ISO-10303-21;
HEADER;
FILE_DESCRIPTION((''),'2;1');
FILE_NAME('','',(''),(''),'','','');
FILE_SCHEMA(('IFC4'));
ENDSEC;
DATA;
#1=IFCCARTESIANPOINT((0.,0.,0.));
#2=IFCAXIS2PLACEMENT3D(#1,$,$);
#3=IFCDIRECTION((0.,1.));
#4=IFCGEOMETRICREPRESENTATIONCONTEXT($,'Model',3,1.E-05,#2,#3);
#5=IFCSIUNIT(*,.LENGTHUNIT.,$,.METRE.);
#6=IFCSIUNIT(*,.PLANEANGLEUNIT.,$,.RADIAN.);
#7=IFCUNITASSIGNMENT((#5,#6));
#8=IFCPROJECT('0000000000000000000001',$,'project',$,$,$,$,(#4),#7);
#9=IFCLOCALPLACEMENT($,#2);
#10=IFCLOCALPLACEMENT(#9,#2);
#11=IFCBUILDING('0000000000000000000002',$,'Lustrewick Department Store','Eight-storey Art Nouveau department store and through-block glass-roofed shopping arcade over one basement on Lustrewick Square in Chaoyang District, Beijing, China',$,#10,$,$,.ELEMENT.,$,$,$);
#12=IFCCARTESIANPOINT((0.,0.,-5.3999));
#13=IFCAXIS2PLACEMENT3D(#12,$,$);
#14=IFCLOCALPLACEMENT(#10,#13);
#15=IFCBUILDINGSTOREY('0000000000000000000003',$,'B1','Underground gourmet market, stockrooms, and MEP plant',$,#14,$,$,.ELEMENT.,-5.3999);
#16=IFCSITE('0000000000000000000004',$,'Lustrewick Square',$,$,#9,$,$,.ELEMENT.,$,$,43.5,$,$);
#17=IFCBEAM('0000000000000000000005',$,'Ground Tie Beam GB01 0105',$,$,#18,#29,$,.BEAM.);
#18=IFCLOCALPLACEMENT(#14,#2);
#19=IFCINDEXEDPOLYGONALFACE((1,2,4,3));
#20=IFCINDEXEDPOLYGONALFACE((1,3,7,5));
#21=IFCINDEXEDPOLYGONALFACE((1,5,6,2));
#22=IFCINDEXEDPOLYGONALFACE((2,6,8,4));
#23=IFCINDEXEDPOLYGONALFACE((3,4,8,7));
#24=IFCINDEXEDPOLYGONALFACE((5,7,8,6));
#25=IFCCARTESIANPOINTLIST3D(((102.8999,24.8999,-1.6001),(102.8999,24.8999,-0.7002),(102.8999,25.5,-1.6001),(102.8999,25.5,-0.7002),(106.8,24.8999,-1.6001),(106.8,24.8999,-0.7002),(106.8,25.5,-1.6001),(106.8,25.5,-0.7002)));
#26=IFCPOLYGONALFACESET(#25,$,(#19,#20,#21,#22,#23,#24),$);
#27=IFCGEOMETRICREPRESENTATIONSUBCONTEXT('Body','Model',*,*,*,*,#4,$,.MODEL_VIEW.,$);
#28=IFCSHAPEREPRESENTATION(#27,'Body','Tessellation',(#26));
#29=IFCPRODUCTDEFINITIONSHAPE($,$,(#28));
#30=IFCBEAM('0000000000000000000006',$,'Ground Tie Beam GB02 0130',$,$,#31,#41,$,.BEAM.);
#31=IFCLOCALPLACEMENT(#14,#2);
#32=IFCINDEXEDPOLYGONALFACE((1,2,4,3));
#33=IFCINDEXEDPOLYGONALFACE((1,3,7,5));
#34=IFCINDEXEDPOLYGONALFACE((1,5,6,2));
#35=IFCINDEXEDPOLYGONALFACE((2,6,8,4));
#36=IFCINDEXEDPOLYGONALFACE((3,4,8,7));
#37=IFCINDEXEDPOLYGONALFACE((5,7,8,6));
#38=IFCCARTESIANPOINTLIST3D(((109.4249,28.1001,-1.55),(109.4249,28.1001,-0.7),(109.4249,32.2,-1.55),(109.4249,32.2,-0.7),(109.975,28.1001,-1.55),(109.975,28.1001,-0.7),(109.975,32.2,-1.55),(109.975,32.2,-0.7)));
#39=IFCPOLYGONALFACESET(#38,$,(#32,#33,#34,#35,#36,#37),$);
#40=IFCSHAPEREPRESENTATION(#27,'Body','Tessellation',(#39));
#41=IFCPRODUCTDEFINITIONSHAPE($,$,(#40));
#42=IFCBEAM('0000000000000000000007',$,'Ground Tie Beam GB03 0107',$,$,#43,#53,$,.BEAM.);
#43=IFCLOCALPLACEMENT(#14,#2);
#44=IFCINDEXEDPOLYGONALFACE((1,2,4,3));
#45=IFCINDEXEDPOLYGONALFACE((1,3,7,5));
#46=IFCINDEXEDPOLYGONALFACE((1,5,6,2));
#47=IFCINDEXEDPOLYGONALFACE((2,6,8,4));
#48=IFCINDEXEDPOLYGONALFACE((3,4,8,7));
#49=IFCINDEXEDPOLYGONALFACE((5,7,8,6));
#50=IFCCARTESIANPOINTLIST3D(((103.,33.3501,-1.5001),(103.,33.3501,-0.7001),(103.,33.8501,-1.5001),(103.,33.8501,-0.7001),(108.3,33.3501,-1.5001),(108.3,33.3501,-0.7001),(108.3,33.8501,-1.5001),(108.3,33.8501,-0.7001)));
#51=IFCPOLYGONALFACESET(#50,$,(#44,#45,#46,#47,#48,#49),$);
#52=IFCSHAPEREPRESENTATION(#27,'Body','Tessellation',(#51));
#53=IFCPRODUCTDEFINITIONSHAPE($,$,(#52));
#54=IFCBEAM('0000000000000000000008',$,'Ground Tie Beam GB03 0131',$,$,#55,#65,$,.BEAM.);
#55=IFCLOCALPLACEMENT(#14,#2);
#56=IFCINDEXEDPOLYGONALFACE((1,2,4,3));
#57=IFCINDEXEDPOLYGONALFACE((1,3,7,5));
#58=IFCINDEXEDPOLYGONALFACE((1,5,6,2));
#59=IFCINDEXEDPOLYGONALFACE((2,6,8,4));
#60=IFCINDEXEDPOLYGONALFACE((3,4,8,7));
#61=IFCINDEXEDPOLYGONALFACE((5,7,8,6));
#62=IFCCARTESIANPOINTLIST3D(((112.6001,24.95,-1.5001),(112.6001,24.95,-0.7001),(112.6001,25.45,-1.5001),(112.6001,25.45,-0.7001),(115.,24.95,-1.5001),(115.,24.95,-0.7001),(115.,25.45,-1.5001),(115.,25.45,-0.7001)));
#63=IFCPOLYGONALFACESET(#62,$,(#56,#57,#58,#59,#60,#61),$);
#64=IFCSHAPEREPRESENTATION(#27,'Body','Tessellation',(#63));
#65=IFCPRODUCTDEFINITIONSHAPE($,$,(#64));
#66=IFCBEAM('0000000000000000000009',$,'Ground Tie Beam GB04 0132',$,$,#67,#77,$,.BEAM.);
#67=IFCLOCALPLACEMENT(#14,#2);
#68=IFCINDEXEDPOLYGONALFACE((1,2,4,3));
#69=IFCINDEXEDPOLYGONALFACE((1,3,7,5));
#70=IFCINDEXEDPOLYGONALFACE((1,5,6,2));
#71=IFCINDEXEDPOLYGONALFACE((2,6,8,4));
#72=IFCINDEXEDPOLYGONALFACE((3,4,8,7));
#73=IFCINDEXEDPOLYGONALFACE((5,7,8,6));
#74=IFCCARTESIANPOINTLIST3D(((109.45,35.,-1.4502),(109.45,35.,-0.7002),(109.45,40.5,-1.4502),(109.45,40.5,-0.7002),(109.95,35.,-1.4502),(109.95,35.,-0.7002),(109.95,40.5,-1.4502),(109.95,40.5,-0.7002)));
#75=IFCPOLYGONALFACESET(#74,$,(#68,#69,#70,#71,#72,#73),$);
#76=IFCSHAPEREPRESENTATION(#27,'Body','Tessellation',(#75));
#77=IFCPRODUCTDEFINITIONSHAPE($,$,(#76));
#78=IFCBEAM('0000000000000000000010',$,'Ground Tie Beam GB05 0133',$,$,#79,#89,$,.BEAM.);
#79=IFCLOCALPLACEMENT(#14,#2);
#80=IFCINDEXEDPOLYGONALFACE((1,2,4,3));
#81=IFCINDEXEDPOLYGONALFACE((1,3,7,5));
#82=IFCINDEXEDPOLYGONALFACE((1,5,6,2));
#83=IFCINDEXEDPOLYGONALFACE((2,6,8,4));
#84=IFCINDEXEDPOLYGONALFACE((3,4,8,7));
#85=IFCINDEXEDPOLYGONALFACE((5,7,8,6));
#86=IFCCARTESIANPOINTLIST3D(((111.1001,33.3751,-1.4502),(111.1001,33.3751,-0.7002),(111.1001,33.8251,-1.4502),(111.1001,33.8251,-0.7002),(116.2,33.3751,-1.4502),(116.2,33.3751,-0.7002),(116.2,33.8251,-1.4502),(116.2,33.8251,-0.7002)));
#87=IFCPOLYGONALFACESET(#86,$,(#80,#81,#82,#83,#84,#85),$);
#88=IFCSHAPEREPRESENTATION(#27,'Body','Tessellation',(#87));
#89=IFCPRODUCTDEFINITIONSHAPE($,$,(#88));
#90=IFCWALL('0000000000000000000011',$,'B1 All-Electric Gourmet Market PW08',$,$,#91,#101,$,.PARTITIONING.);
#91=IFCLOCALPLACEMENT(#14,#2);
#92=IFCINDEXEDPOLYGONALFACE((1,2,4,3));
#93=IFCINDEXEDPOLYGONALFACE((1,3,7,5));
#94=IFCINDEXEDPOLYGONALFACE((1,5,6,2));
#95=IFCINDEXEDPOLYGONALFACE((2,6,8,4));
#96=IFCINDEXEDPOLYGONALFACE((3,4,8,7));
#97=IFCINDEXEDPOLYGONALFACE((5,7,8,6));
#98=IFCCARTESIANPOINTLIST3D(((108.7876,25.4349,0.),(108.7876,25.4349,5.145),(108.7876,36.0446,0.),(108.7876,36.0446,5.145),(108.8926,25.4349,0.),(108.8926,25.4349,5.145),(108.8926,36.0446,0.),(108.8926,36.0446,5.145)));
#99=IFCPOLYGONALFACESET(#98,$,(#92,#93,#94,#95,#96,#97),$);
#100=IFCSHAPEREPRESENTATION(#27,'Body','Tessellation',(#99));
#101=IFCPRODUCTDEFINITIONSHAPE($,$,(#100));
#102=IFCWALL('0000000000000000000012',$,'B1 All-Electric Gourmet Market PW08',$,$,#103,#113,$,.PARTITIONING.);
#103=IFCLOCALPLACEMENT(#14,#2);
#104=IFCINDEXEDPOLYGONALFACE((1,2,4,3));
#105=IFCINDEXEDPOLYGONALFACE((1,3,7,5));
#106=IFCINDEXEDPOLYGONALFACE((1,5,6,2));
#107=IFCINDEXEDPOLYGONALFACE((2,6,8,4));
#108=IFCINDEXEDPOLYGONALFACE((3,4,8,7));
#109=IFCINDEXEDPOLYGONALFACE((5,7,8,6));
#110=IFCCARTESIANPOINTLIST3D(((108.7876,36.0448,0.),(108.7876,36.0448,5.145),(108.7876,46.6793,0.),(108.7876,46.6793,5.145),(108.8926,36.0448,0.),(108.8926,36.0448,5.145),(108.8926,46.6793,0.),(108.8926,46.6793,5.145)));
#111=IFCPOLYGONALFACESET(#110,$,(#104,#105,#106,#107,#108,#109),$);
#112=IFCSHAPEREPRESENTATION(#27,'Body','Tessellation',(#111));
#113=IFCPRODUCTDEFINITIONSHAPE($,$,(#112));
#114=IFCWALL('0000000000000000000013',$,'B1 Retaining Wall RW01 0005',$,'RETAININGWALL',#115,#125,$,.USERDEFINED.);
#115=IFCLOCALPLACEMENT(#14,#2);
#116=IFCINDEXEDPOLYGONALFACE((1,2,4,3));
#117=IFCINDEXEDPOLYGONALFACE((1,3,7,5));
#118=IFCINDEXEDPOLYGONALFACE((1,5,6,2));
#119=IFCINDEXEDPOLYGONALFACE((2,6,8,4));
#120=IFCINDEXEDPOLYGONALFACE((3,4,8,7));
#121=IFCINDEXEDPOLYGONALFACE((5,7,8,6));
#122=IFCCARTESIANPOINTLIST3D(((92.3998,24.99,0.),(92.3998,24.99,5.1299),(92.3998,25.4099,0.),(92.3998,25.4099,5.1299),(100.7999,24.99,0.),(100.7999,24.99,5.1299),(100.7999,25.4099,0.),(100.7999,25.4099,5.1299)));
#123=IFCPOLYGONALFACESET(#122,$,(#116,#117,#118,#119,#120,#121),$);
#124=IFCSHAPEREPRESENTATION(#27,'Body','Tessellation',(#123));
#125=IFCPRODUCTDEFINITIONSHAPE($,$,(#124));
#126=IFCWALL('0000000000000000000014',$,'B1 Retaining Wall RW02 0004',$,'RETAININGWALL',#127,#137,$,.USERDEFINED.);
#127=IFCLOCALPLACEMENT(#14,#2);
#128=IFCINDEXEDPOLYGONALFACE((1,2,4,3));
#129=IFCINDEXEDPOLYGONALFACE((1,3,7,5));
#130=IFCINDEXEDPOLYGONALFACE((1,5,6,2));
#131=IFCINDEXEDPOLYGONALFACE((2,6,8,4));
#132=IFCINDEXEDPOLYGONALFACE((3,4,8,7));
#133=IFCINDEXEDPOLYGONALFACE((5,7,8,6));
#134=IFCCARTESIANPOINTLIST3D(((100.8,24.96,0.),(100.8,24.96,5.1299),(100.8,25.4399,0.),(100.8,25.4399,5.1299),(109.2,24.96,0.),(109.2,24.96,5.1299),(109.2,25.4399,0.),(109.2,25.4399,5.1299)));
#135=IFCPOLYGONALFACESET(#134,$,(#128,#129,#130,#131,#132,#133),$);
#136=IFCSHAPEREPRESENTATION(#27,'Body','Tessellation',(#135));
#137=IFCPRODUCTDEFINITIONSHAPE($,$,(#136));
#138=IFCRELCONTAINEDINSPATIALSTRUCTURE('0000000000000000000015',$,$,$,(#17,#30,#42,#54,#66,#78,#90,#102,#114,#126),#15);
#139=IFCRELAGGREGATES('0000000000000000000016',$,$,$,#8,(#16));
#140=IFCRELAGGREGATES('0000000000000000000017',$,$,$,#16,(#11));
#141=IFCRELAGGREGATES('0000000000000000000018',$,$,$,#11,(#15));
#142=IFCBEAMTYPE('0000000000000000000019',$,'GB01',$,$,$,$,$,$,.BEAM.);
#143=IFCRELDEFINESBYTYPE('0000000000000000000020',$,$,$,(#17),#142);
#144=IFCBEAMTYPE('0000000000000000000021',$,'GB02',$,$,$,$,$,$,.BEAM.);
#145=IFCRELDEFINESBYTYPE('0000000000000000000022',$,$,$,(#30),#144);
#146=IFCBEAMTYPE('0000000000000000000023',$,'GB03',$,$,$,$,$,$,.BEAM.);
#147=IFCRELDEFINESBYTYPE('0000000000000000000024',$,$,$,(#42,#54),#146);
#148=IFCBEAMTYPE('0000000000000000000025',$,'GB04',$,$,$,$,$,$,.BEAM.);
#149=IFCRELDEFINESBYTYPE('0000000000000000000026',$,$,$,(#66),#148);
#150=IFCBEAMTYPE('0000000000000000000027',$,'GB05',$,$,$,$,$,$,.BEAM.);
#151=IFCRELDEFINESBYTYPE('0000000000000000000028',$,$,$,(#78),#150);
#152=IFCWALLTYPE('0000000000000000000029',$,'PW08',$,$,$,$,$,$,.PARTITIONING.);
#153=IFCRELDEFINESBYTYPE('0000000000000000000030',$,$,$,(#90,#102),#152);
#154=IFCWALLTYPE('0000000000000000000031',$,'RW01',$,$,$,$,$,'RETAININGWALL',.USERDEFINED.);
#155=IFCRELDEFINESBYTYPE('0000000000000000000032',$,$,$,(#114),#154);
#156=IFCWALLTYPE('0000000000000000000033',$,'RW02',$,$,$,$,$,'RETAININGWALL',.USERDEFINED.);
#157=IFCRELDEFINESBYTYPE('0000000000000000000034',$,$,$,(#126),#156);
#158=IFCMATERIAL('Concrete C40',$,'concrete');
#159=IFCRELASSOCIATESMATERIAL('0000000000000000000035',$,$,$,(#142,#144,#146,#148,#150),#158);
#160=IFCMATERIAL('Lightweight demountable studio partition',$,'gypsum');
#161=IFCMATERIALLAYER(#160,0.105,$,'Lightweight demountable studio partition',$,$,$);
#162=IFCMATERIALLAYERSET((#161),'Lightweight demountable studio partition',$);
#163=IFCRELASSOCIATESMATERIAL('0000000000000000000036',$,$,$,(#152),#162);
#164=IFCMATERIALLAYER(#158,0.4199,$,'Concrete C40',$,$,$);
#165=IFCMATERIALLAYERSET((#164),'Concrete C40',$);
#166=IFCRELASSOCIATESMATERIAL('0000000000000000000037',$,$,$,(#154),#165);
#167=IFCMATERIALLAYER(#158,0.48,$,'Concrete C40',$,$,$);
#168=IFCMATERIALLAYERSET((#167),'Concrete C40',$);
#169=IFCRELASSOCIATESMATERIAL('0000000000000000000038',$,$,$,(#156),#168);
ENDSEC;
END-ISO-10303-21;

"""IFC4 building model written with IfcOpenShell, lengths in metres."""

from ifc_helpers import new_model, si_unit, direction, frame, frame_2d, origin, origin_2d, place, context, subcontext, project, spatial, rectangle, extrude, material, layer, layer_set, material_profile, profile_set, type_object, element, save


model = new_model("IFC4")

# Units and contexts
model_context = context("Model", 3, precision=1e-05, world=origin(), true_north=direction((0.0, 1.0)))
body_context = subcontext(model_context, "Body", "Model", "MODEL_VIEW")
ifc_project = project(units=[si_unit("LENGTHUNIT", "METRE"), si_unit("PLANEANGLEUNIT", "RADIAN")], contexts=[model_context])

# Site, building, storey
site_placement = place(None, origin())
site = spatial("IfcSite", under=ifc_project, at=site_placement, Name="Lustrewick Square", CompositionType="ELEMENT", RefElevation=43.5)
building_placement = place(site_placement, origin())
building = spatial("IfcBuilding", under=site, at=building_placement, Name="Lustrewick Department Store", Description="Eight-storey Art Nouveau department store and through-block glass-roofed shopping arcade over one basement on Lustrewick Square in Chaoyang District, Beijing, China", CompositionType="ELEMENT")
storey_placement = place(building_placement, frame((0.0, 0.0, -5.3999)))
storey = spatial("IfcBuildingStorey", under=building, at=storey_placement, Name="B1", Description="Underground gourmet market, stockrooms, and MEP plant", CompositionType="ELEMENT", Elevation=-5.3999)

# Shared definitions
ifc_material_1 = material(Name="Concrete C40", Category="concrete")

# Beams
ifc_material_profile_1 = material_profile(ifc_material_1, rectangle(XDim=0.6001, YDim=0.8999, at=origin_2d()), Name="RC 600x900")
ifc_profile_set_1 = profile_set([ifc_material_profile_1], Name="Concrete C40")
beam_type_1 = type_object("IfcBeamType", Name="GB01", PredefinedType="BEAM", material=ifc_profile_set_1)
beam_1_placement = place(storey_placement, frame((102.8999, 25.2, -1.1501), z_axis=(1.0, 0.0, 0.0), x_axis=(0.0, 1.0, 0.0)))
element("IfcBeam", 1, at=beam_1_placement, inside=storey, type_object=beam_type_1, Name="Ground Tie Beam GB01 0105", PredefinedType="BEAM", context=body_context, shape_type="SweptSolid", body=[
    extrude(rectangle(XDim=0.6001, YDim=0.8999, at=origin_2d()), origin(), (0.0, 0.0, 1.0), 3.9001),
])
ifc_material_profile_2 = material_profile(ifc_material_1, rectangle(XDim=0.55, YDim=0.8501, at=origin_2d()), Name="RC 550x850")
ifc_profile_set_2 = profile_set([ifc_material_profile_2], Name="Concrete C40")
beam_type_2 = type_object("IfcBeamType", Name="GB02", PredefinedType="BEAM", material=ifc_profile_set_2)
beam_2_placement = place(storey_placement, frame((109.7, 28.1001, -1.125), z_axis=(0.0, 1.0, 0.0), x_axis=(-1.0, 0.0, 0.0)))
element("IfcBeam", 2, at=beam_2_placement, inside=storey, type_object=beam_type_2, Name="Ground Tie Beam GB02 0130", PredefinedType="BEAM", context=body_context, shape_type="SweptSolid", body=[
    extrude(rectangle(XDim=0.55, YDim=0.8501, at=origin_2d()), origin(), (0.0, 0.0, 1.0), 4.0999),
])
ifc_material_profile_3 = material_profile(ifc_material_1, rectangle(XDim=0.5, YDim=0.8, at=origin_2d()), Name="RC 500x800")
ifc_profile_set_3 = profile_set([ifc_material_profile_3], Name="Concrete C40")
beam_type_3 = type_object("IfcBeamType", Name="GB03", PredefinedType="BEAM", material=ifc_profile_set_3)
beam_3_placement = place(storey_placement, frame((103.0, 33.6001, -1.1001), z_axis=(1.0, 0.0, 0.0), x_axis=(0.0, 1.0, 0.0)))
element("IfcBeam", 3, at=beam_3_placement, inside=storey, type_object=beam_type_3, Name="Ground Tie Beam GB03 0107", PredefinedType="BEAM", context=body_context, shape_type="SweptSolid", body=[
    extrude(rectangle(XDim=0.5, YDim=0.8, at=origin_2d()), origin(), (0.0, 0.0, 1.0), 5.3),
])
beam_4_placement = place(storey_placement, frame((112.6001, 25.2, -1.1001), z_axis=(1.0, 0.0, 0.0), x_axis=(0.0, 1.0, 0.0)))
element("IfcBeam", 4, at=beam_4_placement, inside=storey, type_object=beam_type_3, Name="Ground Tie Beam GB03 0131", PredefinedType="BEAM", context=body_context, shape_type="SweptSolid", body=[
    extrude(rectangle(XDim=0.5, YDim=0.8, at=origin_2d()), origin(), (0.0, 0.0, 1.0), 2.3999),
])
ifc_material_profile_4 = material_profile(ifc_material_1, rectangle(XDim=0.5, YDim=0.75, at=origin_2d()), Name="RC 500x750")
ifc_profile_set_4 = profile_set([ifc_material_profile_4], Name="Concrete C40")
beam_type_4 = type_object("IfcBeamType", Name="GB04", PredefinedType="BEAM", material=ifc_profile_set_4)
beam_5_placement = place(storey_placement, frame((109.7, 35.0, -1.0752), z_axis=(0.0, 1.0, 0.0), x_axis=(-1.0, 0.0, 0.0)))
element("IfcBeam", 5, at=beam_5_placement, inside=storey, type_object=beam_type_4, Name="Ground Tie Beam GB04 0132", PredefinedType="BEAM", context=body_context, shape_type="SweptSolid", body=[
    extrude(rectangle(XDim=0.5, YDim=0.75, at=origin_2d()), origin(), (0.0, 0.0, 1.0), 5.5),
])
ifc_material_profile_5 = material_profile(ifc_material_1, rectangle(XDim=0.45, YDim=0.75, at=origin_2d()), Name="RC 450x750")
ifc_profile_set_5 = profile_set([ifc_material_profile_5], Name="Concrete C40")
beam_type_5 = type_object("IfcBeamType", Name="GB05", PredefinedType="BEAM", material=ifc_profile_set_5)
beam_6_placement = place(storey_placement, frame((111.1001, 33.6001, -1.0752), z_axis=(1.0, 0.0, 0.0), x_axis=(0.0, 1.0, 0.0)))
element("IfcBeam", 6, at=beam_6_placement, inside=storey, type_object=beam_type_5, Name="Ground Tie Beam GB05 0133", PredefinedType="BEAM", context=body_context, shape_type="SweptSolid", body=[
    extrude(rectangle(XDim=0.45, YDim=0.75, at=origin_2d()), origin(), (0.0, 0.0, 1.0), 5.0999),
])

# Walls
ifc_material_2 = material(Name="Lightweight demountable studio partition", Category="gypsum")
ifc_layer_1 = layer(ifc_material_2, 0.105, Name="Lightweight demountable studio partition")
ifc_layer_set_1 = layer_set([ifc_layer_1], Name="Lightweight demountable studio partition")
wall_type_1 = type_object("IfcWallType", Name="PW08", PredefinedType="PARTITIONING", material=ifc_layer_set_1)
wall_1_placement = place(storey_placement, frame((108.8401, 25.4351, 0.0), z_axis=(0.0, 0.0, 1.0), x_axis=(0.0, 1.0, 0.0)))
element("IfcWall", 7, at=wall_1_placement, inside=storey, type_object=wall_type_1, Name="B1 All-Electric Gourmet Market PW08", PredefinedType="PARTITIONING", context=body_context, shape_type="SweptSolid", body=[
    extrude(rectangle(XDim=10.6096, YDim=0.105, at=frame_2d((5.3047, 0.0))), origin(), (0.0, 0.0, 1.0), 5.145),
])
wall_2_placement = place(storey_placement, frame((108.8401, 36.0447, 0.0), z_axis=(0.0, 0.0, 1.0), x_axis=(0.0, 1.0, 0.0)))
element("IfcWall", 8, at=wall_2_placement, inside=storey, type_object=wall_type_1, Name="B1 All-Electric Gourmet Market PW08", PredefinedType="PARTITIONING", context=body_context, shape_type="SweptSolid", body=[
    extrude(rectangle(XDim=10.6345, YDim=0.105, at=frame_2d((5.3174, 0.0))), origin(), (0.0, 0.0, 1.0), 5.145),
])
ifc_layer_2 = layer(ifc_material_1, 0.4199, Name="Concrete C40")
ifc_layer_set_2 = layer_set([ifc_layer_2], Name="Concrete C40")
wall_type_2 = type_object("IfcWallType", Name="RW01", ElementType="RETAININGWALL", PredefinedType="USERDEFINED", material=ifc_layer_set_2)
wall_3_placement = place(storey_placement, frame((100.8, 25.2, 0.0), z_axis=(0.0, 0.0, 1.0), x_axis=(-1.0, 0.0, 0.0)))
element("IfcWall", 9, at=wall_3_placement, inside=storey, type_object=wall_type_2, Name="B1 Retaining Wall RW01 0005", ObjectType="RETAININGWALL", PredefinedType="USERDEFINED", context=body_context, shape_type="SweptSolid", body=[
    extrude(rectangle(XDim=8.4001, YDim=0.4199, at=frame_2d((4.2002, 0.0))), origin(), (0.0, 0.0, 1.0), 5.1299),
])
ifc_layer_3 = layer(ifc_material_1, 0.48, Name="Concrete C40")
ifc_layer_set_3 = layer_set([ifc_layer_3], Name="Concrete C40")
wall_type_3 = type_object("IfcWallType", Name="RW02", ElementType="RETAININGWALL", PredefinedType="USERDEFINED", material=ifc_layer_set_3)
wall_4_placement = place(storey_placement, frame((109.2, 25.2, 0.0), z_axis=(0.0, 0.0, 1.0), x_axis=(-1.0, 0.0, 0.0)))
element("IfcWall", 10, at=wall_4_placement, inside=storey, type_object=wall_type_3, Name="B1 Retaining Wall RW02 0004", ObjectType="RETAININGWALL", PredefinedType="USERDEFINED", context=body_context, shape_type="SweptSolid", body=[
    extrude(rectangle(XDim=8.3999, YDim=0.48, at=frame_2d((4.2, 0.0))), origin(), (0.0, 0.0, 1.0), 5.1299),
])

save(model, "model.ifc")
